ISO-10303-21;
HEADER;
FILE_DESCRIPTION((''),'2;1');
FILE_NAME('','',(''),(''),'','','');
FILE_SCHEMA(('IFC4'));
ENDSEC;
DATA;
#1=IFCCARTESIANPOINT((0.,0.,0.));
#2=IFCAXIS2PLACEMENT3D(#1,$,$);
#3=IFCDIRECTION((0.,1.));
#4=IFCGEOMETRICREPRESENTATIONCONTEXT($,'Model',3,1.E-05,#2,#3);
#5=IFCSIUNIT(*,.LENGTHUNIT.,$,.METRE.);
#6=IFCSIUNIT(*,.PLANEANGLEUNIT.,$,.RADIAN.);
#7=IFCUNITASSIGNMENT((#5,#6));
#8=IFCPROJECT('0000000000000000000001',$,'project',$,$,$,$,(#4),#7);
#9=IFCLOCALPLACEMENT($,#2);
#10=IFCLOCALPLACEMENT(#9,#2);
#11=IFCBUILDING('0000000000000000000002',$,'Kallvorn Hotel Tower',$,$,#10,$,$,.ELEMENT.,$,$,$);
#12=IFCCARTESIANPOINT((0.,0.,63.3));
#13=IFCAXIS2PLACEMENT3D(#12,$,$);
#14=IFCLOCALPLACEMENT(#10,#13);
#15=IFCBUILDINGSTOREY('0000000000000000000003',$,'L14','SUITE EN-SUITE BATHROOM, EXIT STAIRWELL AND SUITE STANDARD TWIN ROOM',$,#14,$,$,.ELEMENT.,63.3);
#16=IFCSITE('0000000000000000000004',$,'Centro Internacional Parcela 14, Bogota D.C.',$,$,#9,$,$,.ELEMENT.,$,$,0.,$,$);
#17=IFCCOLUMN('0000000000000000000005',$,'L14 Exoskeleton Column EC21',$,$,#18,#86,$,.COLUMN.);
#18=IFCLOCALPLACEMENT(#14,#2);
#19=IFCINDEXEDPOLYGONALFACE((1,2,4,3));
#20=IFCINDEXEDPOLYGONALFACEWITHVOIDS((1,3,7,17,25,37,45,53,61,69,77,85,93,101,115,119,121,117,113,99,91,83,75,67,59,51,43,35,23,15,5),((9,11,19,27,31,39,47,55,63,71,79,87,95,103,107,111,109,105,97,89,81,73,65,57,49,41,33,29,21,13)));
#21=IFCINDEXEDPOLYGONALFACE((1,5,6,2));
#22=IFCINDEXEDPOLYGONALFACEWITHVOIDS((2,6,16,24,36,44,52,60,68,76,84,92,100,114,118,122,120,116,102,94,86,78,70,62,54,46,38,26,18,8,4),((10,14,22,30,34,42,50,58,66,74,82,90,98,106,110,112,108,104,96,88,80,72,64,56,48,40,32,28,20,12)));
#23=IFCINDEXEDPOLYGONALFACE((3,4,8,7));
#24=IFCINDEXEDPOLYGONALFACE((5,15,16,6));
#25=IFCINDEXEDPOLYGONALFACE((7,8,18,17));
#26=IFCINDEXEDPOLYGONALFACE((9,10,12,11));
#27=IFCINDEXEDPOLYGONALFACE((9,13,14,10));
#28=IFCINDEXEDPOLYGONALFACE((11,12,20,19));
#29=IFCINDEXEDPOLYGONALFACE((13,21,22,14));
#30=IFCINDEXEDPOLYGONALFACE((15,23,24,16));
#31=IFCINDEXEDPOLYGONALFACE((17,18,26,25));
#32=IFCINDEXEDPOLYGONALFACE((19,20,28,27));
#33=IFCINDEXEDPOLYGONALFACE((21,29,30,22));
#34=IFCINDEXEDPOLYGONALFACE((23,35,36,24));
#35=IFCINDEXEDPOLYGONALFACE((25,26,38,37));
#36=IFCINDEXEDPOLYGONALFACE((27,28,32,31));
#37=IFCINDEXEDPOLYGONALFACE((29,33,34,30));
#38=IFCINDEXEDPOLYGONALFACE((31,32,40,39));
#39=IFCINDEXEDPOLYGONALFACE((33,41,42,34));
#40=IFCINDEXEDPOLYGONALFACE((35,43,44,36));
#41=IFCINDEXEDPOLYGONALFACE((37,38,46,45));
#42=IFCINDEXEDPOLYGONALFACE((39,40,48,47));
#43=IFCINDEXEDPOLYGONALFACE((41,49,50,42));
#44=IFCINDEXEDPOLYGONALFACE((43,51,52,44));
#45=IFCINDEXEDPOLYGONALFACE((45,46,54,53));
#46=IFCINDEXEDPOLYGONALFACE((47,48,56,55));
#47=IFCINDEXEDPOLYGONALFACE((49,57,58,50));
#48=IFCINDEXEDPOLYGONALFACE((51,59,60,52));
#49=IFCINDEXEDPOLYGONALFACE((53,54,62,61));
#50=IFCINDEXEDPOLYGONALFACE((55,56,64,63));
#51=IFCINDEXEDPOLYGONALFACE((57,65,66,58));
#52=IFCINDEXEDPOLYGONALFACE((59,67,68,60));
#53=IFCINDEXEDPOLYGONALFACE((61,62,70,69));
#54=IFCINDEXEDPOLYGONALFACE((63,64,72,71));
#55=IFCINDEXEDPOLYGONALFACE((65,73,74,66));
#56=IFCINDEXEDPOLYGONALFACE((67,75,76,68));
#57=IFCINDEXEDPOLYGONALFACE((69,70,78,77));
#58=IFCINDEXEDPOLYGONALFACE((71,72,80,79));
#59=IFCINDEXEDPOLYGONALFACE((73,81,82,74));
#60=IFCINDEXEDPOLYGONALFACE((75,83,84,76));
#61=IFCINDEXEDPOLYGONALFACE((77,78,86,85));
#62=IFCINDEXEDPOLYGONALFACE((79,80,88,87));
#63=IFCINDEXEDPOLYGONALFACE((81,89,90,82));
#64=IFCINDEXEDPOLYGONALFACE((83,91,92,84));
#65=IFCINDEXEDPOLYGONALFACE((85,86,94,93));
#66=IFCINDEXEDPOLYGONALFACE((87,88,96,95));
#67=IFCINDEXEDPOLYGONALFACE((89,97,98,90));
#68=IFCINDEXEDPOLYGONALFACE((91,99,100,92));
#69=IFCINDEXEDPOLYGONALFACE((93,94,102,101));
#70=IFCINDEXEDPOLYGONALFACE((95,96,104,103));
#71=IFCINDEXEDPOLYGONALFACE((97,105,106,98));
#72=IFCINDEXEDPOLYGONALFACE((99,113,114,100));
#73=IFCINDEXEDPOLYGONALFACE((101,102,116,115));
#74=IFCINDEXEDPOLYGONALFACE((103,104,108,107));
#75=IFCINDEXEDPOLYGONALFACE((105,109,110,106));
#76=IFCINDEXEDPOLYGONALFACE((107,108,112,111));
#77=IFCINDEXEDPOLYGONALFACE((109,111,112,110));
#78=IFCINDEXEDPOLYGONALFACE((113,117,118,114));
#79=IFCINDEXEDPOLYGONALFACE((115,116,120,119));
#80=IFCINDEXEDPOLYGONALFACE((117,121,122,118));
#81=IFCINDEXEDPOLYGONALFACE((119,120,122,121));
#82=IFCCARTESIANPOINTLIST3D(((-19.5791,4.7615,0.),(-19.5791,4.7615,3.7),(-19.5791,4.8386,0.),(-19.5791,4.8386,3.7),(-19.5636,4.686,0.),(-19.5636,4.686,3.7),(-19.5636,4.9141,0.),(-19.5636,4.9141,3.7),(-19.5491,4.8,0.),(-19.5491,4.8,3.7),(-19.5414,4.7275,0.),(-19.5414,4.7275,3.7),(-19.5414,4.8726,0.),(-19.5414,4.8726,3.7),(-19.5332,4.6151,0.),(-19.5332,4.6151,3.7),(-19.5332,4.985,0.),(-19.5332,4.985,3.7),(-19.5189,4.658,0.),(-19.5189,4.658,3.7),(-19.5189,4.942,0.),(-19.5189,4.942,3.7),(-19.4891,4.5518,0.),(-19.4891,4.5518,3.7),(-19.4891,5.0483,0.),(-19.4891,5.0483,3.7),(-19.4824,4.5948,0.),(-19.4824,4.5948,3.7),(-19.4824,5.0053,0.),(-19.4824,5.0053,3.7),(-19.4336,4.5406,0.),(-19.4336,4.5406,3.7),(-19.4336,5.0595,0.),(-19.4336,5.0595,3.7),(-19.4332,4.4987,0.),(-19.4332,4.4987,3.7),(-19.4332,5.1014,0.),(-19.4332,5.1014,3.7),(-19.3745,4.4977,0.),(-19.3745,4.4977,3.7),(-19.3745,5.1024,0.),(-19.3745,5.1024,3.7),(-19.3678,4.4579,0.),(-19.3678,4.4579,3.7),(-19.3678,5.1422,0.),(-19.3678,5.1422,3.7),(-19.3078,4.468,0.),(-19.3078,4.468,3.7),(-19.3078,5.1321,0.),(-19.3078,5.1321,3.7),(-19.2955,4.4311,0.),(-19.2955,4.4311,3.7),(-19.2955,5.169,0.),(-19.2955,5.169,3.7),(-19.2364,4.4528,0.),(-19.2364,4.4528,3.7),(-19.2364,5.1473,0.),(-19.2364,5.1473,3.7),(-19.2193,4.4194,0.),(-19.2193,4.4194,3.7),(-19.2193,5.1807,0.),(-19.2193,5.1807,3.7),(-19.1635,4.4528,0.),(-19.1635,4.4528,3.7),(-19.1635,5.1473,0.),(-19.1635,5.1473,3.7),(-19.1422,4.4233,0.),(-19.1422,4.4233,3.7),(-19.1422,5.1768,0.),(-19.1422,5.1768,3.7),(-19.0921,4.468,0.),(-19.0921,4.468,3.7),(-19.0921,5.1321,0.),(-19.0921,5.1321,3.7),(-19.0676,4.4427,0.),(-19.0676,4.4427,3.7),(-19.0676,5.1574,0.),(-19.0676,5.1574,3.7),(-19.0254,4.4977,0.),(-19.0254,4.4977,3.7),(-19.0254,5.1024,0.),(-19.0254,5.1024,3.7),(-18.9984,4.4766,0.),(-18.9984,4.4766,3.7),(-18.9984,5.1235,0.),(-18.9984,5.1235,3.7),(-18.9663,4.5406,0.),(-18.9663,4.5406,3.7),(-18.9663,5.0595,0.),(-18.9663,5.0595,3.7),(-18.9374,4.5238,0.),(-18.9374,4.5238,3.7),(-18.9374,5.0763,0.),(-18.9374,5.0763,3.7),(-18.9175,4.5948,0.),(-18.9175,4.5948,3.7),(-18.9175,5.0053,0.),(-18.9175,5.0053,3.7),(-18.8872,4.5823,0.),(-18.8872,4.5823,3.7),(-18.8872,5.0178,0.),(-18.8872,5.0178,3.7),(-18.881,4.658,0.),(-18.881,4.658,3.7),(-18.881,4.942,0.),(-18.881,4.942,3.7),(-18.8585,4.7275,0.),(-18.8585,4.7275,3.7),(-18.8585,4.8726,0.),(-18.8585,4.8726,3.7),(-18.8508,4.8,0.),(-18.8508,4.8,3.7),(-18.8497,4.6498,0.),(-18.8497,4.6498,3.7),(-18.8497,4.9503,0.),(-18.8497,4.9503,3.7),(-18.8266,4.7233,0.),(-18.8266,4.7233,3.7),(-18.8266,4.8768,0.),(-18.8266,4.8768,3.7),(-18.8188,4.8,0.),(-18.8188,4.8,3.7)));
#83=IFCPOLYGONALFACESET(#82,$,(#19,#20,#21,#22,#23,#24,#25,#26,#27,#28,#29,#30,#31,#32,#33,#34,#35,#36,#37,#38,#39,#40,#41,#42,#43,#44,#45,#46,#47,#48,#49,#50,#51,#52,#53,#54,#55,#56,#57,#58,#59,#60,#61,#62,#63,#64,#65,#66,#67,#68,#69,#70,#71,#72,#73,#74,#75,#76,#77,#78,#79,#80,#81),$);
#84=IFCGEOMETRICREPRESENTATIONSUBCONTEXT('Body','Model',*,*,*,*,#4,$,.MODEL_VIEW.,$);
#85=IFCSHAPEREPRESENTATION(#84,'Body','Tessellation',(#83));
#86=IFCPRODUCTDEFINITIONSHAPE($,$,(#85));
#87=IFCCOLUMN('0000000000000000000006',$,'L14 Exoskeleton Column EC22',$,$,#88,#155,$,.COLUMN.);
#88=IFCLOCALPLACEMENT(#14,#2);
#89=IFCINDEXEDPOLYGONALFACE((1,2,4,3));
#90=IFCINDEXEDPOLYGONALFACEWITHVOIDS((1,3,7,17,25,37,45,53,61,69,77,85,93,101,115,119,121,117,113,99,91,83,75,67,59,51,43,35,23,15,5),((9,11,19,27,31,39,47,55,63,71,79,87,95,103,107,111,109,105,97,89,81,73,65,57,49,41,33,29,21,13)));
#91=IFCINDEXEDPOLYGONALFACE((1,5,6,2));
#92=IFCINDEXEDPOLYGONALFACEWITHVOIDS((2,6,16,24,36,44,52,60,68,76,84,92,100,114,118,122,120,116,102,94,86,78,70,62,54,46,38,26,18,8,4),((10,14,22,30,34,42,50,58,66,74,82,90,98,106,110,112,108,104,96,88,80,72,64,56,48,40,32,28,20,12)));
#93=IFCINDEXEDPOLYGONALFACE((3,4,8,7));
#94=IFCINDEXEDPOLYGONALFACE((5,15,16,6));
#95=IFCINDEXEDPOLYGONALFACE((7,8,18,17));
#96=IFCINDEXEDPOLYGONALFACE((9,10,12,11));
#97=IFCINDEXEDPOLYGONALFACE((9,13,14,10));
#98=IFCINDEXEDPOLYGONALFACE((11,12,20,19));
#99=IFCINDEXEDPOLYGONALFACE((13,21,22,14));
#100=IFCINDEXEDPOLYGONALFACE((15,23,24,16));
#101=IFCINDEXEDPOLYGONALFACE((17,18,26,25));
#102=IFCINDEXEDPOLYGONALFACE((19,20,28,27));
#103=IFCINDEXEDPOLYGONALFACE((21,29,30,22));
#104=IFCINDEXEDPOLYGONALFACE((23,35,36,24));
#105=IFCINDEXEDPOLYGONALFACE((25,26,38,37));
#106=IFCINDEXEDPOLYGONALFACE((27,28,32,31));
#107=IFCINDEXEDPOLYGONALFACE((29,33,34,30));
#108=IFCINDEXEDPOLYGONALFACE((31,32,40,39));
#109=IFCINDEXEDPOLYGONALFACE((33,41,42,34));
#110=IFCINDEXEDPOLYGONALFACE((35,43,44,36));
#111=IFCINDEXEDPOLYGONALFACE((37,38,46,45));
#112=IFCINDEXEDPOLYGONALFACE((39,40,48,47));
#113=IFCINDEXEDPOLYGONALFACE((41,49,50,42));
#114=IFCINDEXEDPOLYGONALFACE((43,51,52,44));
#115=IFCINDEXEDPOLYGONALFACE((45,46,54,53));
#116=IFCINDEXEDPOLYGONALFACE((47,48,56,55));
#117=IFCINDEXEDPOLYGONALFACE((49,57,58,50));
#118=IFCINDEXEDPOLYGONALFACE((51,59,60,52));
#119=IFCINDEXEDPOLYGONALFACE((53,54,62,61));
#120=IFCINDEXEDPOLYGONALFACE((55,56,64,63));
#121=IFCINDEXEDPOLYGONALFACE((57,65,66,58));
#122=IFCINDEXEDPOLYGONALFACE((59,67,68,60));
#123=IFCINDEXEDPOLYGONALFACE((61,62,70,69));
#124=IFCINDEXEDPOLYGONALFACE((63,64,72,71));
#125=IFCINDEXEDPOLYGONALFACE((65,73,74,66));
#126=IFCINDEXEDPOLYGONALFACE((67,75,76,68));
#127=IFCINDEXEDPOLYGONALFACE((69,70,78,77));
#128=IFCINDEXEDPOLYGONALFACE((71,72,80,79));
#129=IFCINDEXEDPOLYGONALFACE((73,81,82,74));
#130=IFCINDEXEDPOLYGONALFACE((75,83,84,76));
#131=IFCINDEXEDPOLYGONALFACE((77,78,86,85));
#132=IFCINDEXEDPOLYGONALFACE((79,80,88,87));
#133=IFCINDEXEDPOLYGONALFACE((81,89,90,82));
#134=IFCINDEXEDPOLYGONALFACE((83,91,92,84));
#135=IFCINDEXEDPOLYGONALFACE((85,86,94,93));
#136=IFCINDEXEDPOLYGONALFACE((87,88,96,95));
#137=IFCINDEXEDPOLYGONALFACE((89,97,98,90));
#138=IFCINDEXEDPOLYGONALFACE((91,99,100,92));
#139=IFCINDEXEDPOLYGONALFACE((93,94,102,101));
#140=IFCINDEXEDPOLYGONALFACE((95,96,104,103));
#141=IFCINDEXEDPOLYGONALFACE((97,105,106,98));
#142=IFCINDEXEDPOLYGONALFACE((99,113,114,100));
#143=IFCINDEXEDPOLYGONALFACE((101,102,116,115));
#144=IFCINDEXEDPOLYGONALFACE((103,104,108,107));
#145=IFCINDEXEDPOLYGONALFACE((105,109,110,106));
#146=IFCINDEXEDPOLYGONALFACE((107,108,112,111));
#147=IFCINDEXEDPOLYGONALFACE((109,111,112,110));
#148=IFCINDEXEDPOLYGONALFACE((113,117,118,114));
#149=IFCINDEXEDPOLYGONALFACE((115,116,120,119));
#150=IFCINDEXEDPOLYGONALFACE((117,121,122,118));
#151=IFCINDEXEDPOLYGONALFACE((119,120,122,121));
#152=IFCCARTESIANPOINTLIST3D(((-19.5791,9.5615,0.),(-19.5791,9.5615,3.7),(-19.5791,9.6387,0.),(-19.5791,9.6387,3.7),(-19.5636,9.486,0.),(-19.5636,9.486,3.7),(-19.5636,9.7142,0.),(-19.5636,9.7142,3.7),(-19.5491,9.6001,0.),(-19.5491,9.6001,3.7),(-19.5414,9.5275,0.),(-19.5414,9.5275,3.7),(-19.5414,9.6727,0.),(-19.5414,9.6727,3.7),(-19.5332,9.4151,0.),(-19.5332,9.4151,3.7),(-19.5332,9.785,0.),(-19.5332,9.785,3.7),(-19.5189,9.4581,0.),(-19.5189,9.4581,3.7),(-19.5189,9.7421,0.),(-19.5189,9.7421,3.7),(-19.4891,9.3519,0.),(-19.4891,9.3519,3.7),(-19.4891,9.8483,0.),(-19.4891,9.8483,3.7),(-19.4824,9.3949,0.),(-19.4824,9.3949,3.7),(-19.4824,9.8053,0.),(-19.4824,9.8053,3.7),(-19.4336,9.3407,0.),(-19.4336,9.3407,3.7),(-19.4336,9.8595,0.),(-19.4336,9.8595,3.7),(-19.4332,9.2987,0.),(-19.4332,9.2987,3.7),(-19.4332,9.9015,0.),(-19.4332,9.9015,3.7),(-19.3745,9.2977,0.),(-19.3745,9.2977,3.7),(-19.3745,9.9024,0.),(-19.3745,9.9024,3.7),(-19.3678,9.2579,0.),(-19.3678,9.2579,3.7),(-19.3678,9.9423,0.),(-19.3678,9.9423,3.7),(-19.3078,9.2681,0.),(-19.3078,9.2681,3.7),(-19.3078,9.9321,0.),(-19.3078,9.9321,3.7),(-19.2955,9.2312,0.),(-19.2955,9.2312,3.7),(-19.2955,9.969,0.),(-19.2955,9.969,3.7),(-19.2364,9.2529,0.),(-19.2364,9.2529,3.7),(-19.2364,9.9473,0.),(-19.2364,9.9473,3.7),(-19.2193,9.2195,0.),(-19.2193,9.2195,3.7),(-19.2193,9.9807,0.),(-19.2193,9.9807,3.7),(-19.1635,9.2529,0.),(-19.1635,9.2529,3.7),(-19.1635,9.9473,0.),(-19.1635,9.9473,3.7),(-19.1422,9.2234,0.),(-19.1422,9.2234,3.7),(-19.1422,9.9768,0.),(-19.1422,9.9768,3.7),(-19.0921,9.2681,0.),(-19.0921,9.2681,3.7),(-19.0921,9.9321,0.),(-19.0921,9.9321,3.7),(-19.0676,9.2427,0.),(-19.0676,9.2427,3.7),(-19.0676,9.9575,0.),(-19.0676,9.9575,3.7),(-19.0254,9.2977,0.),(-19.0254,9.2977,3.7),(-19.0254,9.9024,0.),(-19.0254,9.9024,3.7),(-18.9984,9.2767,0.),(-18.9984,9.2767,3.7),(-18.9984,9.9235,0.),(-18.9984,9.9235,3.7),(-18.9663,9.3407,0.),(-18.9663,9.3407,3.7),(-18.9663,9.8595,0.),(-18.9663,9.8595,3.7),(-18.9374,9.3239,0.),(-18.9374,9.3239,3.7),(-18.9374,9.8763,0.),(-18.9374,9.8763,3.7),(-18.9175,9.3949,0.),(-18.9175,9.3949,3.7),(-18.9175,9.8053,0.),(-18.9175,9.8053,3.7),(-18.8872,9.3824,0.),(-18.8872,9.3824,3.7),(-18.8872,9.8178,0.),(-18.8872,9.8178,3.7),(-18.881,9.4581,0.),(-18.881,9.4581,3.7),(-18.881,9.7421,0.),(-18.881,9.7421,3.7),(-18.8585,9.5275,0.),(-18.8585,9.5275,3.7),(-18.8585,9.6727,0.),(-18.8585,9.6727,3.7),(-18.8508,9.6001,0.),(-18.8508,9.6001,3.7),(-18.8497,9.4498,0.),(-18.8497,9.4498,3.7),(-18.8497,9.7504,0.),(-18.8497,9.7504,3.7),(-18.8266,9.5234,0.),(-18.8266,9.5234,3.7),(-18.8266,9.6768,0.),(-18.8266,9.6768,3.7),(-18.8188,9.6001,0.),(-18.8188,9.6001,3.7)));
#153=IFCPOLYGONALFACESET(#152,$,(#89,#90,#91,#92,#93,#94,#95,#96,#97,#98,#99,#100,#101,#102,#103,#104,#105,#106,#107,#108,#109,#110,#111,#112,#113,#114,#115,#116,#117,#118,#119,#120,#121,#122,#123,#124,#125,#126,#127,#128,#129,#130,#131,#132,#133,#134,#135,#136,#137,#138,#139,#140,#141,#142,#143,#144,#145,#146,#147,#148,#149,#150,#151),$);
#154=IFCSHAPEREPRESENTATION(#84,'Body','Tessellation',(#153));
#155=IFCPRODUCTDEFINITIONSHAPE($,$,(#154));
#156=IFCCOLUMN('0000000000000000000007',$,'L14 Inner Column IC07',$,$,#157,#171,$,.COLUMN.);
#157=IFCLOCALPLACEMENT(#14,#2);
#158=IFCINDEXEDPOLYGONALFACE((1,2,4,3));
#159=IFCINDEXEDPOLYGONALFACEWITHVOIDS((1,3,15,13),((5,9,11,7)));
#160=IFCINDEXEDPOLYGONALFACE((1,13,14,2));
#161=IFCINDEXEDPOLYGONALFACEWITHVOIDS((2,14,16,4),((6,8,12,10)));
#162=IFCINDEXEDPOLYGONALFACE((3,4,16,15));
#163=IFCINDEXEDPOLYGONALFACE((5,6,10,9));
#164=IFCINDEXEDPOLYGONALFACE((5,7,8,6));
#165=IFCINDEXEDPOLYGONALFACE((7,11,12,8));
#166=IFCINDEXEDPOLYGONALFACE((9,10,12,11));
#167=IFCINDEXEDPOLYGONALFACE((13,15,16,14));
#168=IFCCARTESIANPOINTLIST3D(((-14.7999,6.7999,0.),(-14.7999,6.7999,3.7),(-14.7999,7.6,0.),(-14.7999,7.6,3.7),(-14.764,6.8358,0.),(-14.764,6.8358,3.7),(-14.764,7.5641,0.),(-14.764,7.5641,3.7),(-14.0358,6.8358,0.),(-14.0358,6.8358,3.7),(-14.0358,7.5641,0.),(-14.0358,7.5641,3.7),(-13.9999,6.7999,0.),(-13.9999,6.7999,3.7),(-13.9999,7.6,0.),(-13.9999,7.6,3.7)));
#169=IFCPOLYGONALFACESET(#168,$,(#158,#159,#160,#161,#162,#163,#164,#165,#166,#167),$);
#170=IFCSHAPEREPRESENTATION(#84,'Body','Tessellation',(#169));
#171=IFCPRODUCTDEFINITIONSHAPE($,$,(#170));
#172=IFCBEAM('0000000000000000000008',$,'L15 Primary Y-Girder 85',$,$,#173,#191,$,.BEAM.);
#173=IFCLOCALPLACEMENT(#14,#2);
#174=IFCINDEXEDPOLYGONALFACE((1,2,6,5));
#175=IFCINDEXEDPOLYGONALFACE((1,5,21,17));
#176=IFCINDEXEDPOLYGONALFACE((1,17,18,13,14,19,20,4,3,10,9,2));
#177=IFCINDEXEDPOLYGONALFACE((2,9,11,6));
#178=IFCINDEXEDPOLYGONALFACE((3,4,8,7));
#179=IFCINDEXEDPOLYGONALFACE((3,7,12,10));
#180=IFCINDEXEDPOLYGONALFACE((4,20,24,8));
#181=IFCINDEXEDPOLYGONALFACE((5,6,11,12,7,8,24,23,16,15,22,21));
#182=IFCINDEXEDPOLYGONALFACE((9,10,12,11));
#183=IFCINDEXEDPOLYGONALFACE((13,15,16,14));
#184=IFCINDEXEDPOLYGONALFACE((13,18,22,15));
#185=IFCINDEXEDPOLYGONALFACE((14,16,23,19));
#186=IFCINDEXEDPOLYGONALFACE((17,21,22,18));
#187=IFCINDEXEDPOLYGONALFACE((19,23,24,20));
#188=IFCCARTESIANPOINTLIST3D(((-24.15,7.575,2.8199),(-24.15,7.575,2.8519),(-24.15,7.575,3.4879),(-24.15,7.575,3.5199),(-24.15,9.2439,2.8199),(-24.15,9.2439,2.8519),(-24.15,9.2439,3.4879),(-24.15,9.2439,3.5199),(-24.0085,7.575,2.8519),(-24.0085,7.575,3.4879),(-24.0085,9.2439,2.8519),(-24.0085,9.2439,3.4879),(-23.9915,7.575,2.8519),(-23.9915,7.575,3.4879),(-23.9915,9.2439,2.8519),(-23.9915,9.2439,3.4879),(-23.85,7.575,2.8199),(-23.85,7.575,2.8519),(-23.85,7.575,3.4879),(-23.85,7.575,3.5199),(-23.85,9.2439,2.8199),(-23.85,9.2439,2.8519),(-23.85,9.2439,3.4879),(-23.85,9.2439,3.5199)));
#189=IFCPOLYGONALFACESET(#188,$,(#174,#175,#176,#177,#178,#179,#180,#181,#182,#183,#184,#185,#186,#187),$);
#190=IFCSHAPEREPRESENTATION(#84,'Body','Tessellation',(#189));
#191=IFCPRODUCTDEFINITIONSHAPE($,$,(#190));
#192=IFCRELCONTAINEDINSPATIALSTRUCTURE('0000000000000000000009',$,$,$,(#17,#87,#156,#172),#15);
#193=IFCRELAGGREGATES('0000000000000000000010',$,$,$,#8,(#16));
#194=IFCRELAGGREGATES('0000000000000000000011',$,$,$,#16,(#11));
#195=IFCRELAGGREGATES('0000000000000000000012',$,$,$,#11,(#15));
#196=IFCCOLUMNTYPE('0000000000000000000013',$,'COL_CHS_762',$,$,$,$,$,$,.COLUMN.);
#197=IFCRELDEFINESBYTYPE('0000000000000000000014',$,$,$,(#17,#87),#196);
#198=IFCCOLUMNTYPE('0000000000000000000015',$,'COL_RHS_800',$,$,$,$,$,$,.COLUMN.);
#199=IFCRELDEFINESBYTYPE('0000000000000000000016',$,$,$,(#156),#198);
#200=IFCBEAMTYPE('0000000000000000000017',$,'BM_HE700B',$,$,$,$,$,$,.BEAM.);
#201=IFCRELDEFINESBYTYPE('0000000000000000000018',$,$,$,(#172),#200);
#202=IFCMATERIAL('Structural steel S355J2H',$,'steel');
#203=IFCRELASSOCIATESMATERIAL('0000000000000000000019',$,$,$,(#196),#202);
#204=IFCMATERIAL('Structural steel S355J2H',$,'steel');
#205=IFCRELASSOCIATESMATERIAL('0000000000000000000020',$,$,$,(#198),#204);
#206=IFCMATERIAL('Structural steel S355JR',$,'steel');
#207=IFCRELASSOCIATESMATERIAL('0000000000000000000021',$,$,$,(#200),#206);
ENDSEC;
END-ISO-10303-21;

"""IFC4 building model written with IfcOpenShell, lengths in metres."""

from ifc_helpers import new_model, si_unit, direction, frame, origin, origin_2d, place, context, subcontext, project, spatial, hollow_rectangle, hollow_circle, i_section, extrude, material, material_profile, profile_set, type_object, element, save


model = new_model("IFC4")

# Units and contexts
model_context = context("Model", 3, precision=1e-05, world=origin(), true_north=direction((0.0, 1.0)))
body_context = subcontext(model_context, "Body", "Model", "MODEL_VIEW")
ifc_project = project(units=[si_unit("LENGTHUNIT", "METRE"), si_unit("PLANEANGLEUNIT", "RADIAN")], contexts=[model_context])

# Site, building, storey
site_placement = place(None, origin())
site = spatial("IfcSite", under=ifc_project, at=site_placement, Name="Centro Internacional Parcela 14, Bogota D.C.", CompositionType="ELEMENT", RefElevation=0.0)
building_placement = place(site_placement, origin())
building = spatial("IfcBuilding", under=site, at=building_placement, Name="Kallvorn Hotel Tower", CompositionType="ELEMENT")
storey_placement = place(building_placement, frame((0.0, 0.0, 63.3)))
storey = spatial("IfcBuildingStorey", under=building, at=storey_placement, Name="L14", Description="SUITE EN-SUITE BATHROOM, EXIT STAIRWELL AND SUITE STANDARD TWIN ROOM", CompositionType="ELEMENT", Elevation=63.3)

# Columns
ifc_material_1 = material(Name="Structural steel S355J2H", Category="steel")
ifc_material_profile_1 = material_profile(ifc_material_1, hollow_circle(Radius=0.3811, WallThickness=0.032, at=origin_2d()), Name="CHS 762x32")
ifc_profile_set_1 = profile_set([ifc_material_profile_1], Name="Structural steel S355J2H")
column_type_1 = type_object("IfcColumnType", Name="COL_CHS_762", PredefinedType="COLUMN", material=ifc_profile_set_1)
for number, where, z_axis, x_axis, name in (
    (1, (-19.2, 4.8, 0.0), (0.0, 0.0, 1.0), (1.0, 0.0, 0.0), "L14 Exoskeleton Column EC21"),
    (2, (-19.2, 9.6001, 0.0), (0.0, 0.0, 1.0), (1.0, 0.0, 0.0), "L14 Exoskeleton Column EC22"),
):
    element("IfcColumn", number, at=place(storey_placement, frame(where, z_axis=z_axis, x_axis=x_axis)), inside=storey, type_object=column_type_1, Name=name, PredefinedType="COLUMN", context=body_context, shape_type="SweptSolid", body=[
        extrude(hollow_circle(Radius=0.3811, WallThickness=0.032, at=origin_2d()), origin(), (0.0, 0.0, 1.0), 3.7),
    ])
ifc_material_2 = material(Name="Structural steel S355J2H", Category="steel")
ifc_material_profile_2 = material_profile(ifc_material_2, hollow_rectangle(XDim=0.8, YDim=0.8, WallThickness=0.0359, at=origin_2d()), Name="RHS 800x800x36")
ifc_profile_set_2 = profile_set([ifc_material_profile_2], Name="Structural steel S355J2H")
column_type_2 = type_object("IfcColumnType", Name="COL_RHS_800", PredefinedType="COLUMN", material=ifc_profile_set_2)
column_placement = place(storey_placement, frame((-14.3999, 7.2, 0.0), z_axis=(0.0, 0.0, 1.0), x_axis=(1.0, 0.0, 0.0)))
element("IfcColumn", 3, at=column_placement, inside=storey, type_object=column_type_2, Name="L14 Inner Column IC07", PredefinedType="COLUMN", context=body_context, shape_type="SweptSolid", body=[
    extrude(hollow_rectangle(XDim=0.8, YDim=0.8, WallThickness=0.0359, at=origin_2d()), origin(), (0.0, 0.0, 1.0), 3.7),
])

# Beam
ifc_material_3 = material(Name="Structural steel S355JR", Category="steel")
ifc_material_profile_3 = material_profile(ifc_material_3, i_section(OverallWidth=0.3, OverallDepth=0.7, WebThickness=0.0171, FlangeThickness=0.032, at=origin_2d()), Name="HE 700 B")
ifc_profile_set_3 = profile_set([ifc_material_profile_3], Name="Structural steel S355JR")
beam_type_1 = type_object("IfcBeamType", Name="BM_HE700B", PredefinedType="BEAM", material=ifc_profile_set_3)
beam_1_placement = place(storey_placement, frame((-24.0, 7.575, 3.1699), z_axis=(0.0, 1.0, 0.0), x_axis=(-1.0, 0.0, 0.0)))
element("IfcBeam", 4, at=beam_1_placement, inside=storey, type_object=beam_type_1, Name="L15 Primary Y-Girder 85", PredefinedType="BEAM", context=body_context, shape_type="SweptSolid", body=[
    extrude(i_section(OverallWidth=0.3, OverallDepth=0.7, WebThickness=0.0171, FlangeThickness=0.032, at=origin_2d()), origin(), (0.0, 0.0, 1.0), 1.6689),
])

save(model, "model.ifc")
